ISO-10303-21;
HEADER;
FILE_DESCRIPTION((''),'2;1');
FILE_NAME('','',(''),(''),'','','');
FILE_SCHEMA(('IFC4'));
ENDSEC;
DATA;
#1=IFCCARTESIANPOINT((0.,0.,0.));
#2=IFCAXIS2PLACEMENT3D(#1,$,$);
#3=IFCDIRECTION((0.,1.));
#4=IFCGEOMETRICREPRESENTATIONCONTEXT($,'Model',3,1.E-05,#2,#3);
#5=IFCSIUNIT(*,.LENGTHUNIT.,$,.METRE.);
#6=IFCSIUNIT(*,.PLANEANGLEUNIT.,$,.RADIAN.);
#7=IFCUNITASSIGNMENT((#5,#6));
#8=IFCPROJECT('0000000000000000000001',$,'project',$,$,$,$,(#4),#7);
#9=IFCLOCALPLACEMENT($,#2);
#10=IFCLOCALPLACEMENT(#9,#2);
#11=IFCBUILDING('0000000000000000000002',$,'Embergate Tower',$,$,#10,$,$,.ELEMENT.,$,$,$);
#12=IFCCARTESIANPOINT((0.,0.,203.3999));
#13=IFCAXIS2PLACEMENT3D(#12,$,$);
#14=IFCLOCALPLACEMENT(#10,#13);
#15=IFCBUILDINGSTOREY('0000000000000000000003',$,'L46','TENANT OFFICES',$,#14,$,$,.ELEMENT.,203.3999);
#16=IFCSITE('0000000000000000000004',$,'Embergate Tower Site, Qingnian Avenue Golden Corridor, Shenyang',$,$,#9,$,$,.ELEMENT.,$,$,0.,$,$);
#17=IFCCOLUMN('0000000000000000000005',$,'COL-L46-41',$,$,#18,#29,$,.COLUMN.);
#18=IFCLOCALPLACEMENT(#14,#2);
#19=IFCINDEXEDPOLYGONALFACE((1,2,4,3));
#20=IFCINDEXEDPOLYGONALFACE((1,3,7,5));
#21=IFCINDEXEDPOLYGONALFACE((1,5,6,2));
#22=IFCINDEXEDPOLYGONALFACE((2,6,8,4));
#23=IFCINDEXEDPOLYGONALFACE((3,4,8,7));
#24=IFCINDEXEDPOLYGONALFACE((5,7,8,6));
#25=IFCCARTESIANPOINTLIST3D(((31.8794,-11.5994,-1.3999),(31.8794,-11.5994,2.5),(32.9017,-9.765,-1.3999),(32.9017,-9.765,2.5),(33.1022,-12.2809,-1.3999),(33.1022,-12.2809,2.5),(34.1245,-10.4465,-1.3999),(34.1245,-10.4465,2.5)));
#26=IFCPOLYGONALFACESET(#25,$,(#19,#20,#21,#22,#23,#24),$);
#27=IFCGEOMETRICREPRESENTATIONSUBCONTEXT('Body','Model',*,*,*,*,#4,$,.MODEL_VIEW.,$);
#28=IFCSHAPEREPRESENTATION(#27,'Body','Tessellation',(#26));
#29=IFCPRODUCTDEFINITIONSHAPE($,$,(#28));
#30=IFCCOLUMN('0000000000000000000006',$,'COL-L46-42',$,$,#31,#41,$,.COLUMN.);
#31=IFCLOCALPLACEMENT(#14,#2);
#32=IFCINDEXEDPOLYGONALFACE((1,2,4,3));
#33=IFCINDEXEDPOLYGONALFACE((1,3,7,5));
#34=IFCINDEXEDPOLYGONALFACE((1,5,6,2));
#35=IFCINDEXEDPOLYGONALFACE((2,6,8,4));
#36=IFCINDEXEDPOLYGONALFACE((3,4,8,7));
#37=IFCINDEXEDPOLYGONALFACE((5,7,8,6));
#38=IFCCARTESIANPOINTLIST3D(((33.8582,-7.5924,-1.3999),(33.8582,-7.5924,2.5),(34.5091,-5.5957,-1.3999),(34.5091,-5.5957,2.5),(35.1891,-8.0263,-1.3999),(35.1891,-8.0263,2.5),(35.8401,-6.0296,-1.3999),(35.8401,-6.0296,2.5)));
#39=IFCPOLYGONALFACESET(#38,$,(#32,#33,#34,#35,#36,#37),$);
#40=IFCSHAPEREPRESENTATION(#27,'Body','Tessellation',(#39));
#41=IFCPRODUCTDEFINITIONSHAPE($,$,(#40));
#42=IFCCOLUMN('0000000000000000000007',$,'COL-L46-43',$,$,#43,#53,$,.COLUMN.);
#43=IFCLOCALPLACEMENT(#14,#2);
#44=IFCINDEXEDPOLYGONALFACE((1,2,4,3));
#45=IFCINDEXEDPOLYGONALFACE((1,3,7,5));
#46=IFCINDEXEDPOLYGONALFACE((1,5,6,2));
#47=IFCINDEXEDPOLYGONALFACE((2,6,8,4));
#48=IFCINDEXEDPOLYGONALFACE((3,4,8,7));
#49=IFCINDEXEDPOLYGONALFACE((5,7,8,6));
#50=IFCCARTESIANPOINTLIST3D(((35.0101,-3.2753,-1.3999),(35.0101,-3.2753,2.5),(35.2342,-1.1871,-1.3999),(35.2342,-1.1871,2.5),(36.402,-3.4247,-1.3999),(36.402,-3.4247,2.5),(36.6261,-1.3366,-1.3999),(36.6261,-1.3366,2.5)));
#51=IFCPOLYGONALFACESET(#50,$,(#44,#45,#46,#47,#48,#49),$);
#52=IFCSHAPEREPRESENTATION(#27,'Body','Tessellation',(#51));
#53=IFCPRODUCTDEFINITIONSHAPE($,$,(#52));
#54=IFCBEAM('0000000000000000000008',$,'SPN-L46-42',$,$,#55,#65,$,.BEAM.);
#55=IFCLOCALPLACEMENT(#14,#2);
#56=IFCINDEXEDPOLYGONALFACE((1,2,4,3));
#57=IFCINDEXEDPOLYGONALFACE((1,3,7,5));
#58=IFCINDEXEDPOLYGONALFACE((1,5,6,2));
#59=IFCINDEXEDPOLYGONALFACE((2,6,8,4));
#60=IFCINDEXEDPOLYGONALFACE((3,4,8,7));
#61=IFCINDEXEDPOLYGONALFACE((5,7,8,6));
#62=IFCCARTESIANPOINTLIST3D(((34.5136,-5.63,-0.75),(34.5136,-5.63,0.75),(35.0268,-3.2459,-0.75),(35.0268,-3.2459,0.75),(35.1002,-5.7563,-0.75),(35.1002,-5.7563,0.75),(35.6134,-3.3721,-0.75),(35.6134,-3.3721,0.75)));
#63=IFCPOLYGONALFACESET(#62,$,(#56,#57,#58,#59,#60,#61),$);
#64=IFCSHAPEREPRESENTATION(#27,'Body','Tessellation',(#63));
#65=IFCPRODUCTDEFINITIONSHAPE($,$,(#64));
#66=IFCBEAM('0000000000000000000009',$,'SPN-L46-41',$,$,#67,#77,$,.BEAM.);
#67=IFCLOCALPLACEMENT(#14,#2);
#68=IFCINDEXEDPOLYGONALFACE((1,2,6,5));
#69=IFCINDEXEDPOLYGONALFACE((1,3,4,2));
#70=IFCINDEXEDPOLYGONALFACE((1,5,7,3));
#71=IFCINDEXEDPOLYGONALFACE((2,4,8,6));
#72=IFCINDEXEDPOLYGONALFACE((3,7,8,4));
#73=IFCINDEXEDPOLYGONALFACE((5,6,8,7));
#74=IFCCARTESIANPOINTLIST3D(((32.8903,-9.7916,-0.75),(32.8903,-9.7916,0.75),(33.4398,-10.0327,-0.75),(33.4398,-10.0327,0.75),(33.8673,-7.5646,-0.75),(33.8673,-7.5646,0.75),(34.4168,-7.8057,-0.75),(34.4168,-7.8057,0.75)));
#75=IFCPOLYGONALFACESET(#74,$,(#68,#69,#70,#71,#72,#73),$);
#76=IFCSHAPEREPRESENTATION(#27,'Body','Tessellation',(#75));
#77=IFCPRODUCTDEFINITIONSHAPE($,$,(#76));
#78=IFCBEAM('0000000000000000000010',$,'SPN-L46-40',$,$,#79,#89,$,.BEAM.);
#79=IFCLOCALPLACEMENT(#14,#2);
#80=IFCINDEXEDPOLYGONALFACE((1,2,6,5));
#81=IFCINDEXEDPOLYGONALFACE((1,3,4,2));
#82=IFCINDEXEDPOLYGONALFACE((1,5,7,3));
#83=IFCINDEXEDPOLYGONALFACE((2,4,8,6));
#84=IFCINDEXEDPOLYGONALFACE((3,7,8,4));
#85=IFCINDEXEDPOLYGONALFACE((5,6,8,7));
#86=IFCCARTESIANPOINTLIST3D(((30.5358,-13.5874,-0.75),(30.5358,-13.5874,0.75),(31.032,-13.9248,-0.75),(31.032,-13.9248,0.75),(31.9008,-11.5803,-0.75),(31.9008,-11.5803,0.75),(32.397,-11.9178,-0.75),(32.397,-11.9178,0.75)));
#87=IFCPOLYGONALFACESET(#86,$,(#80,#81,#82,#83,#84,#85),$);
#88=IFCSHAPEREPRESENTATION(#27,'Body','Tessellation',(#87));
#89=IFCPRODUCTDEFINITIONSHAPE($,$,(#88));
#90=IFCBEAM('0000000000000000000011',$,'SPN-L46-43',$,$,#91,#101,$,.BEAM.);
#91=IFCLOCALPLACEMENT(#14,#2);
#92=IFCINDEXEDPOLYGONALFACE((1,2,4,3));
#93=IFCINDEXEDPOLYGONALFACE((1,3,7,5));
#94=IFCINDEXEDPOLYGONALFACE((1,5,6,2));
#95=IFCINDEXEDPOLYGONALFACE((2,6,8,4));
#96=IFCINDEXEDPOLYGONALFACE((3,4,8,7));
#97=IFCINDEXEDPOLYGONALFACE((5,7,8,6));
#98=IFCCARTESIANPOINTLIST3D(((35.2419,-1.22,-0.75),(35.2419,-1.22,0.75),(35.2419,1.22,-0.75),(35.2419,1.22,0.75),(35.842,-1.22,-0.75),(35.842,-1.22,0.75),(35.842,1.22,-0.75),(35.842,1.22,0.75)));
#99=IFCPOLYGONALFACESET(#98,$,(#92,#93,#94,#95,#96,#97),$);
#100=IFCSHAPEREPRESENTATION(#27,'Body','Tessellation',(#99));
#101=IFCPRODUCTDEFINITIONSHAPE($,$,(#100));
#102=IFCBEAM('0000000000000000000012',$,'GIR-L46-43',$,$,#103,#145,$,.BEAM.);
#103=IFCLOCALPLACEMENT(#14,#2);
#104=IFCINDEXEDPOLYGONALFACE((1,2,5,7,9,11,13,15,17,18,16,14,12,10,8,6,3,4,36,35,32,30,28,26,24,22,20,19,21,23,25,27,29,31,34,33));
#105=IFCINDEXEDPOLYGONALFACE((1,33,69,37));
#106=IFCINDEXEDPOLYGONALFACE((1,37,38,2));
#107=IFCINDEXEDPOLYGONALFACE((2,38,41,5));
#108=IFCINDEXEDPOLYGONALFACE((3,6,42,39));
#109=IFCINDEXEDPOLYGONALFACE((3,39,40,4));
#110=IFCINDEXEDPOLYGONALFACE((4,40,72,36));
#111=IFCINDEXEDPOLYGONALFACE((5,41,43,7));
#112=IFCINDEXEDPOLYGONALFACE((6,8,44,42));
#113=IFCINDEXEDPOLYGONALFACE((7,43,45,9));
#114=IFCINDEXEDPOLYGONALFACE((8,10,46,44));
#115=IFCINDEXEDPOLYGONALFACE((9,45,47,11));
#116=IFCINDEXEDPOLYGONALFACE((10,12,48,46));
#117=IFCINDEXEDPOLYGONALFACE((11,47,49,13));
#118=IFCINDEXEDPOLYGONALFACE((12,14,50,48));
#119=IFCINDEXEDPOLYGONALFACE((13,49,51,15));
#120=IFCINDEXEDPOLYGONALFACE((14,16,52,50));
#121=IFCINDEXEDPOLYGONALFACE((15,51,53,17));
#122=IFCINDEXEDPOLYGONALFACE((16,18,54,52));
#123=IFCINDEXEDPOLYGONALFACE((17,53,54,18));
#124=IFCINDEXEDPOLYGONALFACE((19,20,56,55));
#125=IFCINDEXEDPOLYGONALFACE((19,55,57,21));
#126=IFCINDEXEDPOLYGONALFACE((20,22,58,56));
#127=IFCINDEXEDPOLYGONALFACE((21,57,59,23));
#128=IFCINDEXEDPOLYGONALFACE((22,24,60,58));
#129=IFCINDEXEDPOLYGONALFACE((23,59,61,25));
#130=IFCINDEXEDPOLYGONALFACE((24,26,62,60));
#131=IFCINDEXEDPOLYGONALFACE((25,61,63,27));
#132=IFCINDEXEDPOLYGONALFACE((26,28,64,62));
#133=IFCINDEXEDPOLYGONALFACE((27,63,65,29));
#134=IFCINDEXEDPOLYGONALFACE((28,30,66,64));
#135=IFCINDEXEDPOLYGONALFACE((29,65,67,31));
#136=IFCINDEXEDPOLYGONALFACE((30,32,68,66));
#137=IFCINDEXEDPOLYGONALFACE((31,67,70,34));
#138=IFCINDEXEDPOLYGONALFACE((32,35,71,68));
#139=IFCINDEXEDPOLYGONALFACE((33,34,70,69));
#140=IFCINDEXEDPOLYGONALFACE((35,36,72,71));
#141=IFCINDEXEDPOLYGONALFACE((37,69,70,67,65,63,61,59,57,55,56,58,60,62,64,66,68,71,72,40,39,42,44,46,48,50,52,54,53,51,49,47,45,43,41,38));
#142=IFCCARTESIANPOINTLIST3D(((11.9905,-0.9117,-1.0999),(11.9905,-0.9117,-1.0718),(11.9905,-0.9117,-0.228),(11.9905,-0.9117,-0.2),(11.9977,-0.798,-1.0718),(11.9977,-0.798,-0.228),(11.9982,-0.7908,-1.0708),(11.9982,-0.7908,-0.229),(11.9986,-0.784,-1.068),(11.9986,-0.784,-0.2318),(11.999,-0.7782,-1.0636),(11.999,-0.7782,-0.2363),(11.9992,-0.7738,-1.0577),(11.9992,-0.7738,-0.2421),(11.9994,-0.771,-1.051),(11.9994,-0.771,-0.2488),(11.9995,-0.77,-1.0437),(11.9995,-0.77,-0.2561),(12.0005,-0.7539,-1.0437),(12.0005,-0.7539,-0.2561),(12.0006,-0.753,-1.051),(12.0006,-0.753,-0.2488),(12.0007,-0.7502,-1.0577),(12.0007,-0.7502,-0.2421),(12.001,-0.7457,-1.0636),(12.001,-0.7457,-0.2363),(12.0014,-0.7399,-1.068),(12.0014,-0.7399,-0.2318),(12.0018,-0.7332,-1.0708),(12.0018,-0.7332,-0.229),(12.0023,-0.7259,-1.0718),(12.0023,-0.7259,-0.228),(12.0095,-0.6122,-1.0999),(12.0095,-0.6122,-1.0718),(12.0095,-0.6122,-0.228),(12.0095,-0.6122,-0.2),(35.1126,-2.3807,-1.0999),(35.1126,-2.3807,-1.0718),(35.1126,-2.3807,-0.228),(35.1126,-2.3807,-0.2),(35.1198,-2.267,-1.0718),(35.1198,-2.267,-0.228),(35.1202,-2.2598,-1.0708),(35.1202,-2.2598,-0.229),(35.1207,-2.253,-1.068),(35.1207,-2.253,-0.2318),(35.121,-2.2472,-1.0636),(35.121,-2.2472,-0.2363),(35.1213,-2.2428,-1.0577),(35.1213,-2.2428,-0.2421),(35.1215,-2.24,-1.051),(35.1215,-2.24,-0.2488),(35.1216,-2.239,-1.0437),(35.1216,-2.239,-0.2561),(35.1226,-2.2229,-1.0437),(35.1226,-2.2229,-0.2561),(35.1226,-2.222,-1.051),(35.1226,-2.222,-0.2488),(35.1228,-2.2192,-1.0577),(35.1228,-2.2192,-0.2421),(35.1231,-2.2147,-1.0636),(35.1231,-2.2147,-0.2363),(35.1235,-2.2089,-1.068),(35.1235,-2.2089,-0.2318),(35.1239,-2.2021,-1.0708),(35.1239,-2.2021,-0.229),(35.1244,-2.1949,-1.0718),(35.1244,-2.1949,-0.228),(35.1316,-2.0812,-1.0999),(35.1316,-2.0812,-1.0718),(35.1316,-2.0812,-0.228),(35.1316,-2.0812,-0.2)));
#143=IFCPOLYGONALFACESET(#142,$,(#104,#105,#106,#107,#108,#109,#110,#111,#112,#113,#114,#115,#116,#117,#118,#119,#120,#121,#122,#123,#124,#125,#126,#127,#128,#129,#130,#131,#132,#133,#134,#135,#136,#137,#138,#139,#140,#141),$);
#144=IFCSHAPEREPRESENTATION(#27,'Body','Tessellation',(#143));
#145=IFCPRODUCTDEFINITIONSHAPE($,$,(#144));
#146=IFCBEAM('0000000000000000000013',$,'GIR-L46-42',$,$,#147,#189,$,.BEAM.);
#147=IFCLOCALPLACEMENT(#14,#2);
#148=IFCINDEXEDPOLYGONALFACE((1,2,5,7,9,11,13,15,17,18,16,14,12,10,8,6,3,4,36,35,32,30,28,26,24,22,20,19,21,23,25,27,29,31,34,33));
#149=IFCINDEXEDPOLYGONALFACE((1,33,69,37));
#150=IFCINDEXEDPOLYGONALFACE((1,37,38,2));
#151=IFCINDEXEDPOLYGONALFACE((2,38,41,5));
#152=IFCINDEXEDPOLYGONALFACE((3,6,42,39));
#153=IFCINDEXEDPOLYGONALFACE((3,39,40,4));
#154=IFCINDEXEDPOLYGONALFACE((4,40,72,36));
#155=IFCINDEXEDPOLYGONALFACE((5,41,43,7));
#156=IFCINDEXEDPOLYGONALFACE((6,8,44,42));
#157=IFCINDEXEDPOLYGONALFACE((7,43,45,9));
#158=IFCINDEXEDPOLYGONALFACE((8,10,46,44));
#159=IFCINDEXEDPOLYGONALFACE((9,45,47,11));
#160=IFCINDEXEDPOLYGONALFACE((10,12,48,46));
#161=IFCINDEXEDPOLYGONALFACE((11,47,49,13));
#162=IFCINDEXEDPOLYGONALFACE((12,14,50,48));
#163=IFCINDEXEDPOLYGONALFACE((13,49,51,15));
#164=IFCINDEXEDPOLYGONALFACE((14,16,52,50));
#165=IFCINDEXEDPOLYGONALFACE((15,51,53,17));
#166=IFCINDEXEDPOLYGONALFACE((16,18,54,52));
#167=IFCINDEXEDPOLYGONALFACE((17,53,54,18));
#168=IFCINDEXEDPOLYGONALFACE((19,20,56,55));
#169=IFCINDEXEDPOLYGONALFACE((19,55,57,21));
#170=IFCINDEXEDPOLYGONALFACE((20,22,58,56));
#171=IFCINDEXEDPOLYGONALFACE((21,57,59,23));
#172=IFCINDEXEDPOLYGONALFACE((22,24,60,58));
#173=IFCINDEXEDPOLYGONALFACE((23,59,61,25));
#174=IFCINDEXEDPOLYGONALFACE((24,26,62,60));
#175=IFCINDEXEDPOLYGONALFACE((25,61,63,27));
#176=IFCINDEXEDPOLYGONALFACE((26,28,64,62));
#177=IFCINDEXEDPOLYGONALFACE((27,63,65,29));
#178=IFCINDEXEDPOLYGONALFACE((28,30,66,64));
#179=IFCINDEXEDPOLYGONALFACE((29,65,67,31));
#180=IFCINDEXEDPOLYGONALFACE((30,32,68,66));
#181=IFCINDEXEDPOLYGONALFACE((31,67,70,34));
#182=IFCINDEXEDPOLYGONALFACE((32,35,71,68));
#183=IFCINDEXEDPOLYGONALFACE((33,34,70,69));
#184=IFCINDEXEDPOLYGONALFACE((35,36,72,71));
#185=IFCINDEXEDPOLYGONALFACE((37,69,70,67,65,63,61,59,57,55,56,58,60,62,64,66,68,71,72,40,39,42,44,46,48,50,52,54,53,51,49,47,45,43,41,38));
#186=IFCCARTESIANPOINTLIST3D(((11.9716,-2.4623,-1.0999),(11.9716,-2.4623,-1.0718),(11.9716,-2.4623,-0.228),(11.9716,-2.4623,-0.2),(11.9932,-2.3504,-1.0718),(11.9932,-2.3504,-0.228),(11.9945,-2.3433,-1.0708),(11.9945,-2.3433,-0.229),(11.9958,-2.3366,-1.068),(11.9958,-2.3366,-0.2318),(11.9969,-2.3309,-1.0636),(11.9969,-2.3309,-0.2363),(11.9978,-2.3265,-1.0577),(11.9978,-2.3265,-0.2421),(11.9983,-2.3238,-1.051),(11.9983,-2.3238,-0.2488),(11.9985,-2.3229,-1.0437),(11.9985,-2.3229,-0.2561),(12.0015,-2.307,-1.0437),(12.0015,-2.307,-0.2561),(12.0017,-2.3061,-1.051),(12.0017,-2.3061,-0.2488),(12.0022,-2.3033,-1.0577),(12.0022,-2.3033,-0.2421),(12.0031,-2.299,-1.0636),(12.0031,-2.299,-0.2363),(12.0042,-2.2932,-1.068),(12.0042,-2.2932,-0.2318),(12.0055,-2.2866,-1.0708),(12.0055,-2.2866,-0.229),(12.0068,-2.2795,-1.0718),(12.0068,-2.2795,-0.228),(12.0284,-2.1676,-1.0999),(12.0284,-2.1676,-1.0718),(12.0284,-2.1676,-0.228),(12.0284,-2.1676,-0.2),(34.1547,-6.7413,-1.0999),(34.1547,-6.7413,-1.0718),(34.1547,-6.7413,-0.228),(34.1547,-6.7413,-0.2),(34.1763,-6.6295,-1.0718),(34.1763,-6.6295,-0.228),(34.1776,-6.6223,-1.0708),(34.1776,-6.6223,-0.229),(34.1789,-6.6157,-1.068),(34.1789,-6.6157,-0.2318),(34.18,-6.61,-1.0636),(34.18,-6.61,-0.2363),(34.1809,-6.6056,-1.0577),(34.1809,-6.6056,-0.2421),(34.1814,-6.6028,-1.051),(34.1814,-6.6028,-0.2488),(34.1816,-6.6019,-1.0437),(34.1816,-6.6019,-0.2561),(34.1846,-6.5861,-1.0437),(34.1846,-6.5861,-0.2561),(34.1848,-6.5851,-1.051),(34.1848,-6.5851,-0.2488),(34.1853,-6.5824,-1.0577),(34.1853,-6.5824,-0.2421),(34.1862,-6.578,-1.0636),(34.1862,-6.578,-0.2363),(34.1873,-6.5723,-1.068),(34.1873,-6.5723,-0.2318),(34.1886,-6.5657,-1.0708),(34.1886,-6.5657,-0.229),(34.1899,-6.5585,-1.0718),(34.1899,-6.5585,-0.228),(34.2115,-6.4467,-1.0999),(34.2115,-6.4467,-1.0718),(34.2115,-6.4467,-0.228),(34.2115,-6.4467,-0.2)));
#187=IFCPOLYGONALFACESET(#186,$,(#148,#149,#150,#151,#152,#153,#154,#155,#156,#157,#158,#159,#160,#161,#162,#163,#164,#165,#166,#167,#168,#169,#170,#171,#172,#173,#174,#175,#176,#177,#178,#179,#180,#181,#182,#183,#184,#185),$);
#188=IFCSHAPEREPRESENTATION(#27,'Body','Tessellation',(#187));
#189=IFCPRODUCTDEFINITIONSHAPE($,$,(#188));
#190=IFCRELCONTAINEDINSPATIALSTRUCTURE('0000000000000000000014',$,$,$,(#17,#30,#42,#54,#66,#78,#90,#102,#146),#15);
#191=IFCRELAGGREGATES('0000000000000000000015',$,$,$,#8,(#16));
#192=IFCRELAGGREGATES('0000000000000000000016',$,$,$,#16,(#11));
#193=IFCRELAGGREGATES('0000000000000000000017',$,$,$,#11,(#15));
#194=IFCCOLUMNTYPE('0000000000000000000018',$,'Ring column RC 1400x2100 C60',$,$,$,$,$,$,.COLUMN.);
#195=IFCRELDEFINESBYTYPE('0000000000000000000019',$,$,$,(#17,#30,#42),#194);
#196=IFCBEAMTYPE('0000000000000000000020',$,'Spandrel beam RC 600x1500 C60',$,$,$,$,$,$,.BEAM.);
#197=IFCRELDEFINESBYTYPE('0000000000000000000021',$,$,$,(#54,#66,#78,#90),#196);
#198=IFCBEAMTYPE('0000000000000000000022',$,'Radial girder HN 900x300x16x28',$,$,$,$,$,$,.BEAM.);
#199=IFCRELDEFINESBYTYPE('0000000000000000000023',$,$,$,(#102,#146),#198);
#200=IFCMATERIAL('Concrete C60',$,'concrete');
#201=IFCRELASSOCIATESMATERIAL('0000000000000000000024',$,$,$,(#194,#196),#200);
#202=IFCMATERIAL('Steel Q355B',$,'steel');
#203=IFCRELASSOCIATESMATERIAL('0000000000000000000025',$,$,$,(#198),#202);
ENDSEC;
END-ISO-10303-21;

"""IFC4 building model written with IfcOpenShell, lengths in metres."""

from ifc_helpers import new_model, si_unit, direction, frame, origin, origin_2d, place, context, subcontext, project, spatial, rectangle, i_section, extrude, source, transform, mapped, material, material_profile, profile_set, type_object, element, save


model = new_model("IFC4")

# Units and contexts
model_context = context("Model", 3, precision=1e-05, world=origin(), true_north=direction((0.0, 1.0)))
body_context = subcontext(model_context, "Body", "Model", "MODEL_VIEW")
ifc_project = project(units=[si_unit("LENGTHUNIT", "METRE"), si_unit("PLANEANGLEUNIT", "RADIAN")], contexts=[model_context])

# Site, building, storey
site_placement = place(None, origin())
site = spatial("IfcSite", under=ifc_project, at=site_placement, Name="Embergate Tower Site, Qingnian Avenue Golden Corridor, Shenyang", CompositionType="ELEMENT", RefElevation=0.0)
building_placement = place(site_placement, origin())
building = spatial("IfcBuilding", under=site, at=building_placement, Name="Embergate Tower", CompositionType="ELEMENT")
storey_placement = place(building_placement, frame((0.0, 0.0, 203.3999)))
storey = spatial("IfcBuildingStorey", under=building, at=storey_placement, Name="L46", Description="TENANT OFFICES", CompositionType="ELEMENT", Elevation=203.3999)

# Columns
ifc_material_1 = material(Name="Concrete C60", Category="concrete")
ifc_material_profile_1 = material_profile(ifc_material_1, rectangle(XDim=1.3999, YDim=2.1001, at=origin_2d()), Name="RC 1400x2100")
ifc_profile_set_1 = profile_set([ifc_material_profile_1], Name="Concrete C60")
column_type = type_object("IfcColumnType", Name="Ring column RC 1400x2100 C60", PredefinedType="COLUMN", material=ifc_profile_set_1)
shared_shape_1 = source(origin(), body_context, "Body", "SweptSolid", [
    extrude(rectangle(XDim=1.3999, YDim=2.1001, at=origin_2d()), origin(), (0.0, 0.0, 1.0), 3.8999),
])
for number, where, z_axis, x_axis, name in (
    (1, (33.002, -11.0229, -1.3999), (0.0, 0.0, 1.0), (0.8735, -0.486823, 0.0), "COL-L46-41"),
    (2, (34.8491, -6.811, -1.3999), (0.0, 0.0, 1.0), (0.950754, -0.309946, 0.0), "COL-L46-42"),
    (3, (35.8181, -2.3059, -1.3999), (0.0, 0.0, 1.0), (0.994288, -0.106733, 0.0), "COL-L46-43"),
):
    element("IfcColumn", number, at=place(storey_placement, frame(where, z_axis=z_axis, x_axis=x_axis)), inside=storey, type_object=column_type, Name=name, PredefinedType="COLUMN", context=body_context, shape_type="MappedRepresentation", body=[
        mapped(shared_shape_1, transform((0.0, 0.0, 0.0))),
    ])

# Beams
ifc_material_profile_2 = material_profile(ifc_material_1, rectangle(XDim=0.6001, YDim=1.5, at=origin_2d()), Name="RC 600x1500")
ifc_profile_set_2 = profile_set([ifc_material_profile_2], Name="Concrete C60")
beam_type_1 = type_object("IfcBeamType", Name="Spandrel beam RC 600x1500 C60", PredefinedType="BEAM", material=ifc_profile_set_2)
shared_shape_2 = source(origin(), body_context, "Body", "SweptSolid", [
    extrude(rectangle(XDim=0.6001, YDim=1.5, at=origin_2d()), origin(), (0.0, 0.0, 1.0), 2.4387),
])
beam_1_placement = place(storey_placement, frame((34.8069, -5.6931, 0.0), z_axis=(0.210438, 0.977607, 0.0), x_axis=(-0.977607, 0.210438, 0.0)))
element("IfcBeam", 4, at=beam_1_placement, inside=storey, type_object=beam_type_1, Name="SPN-L46-42", PredefinedType="BEAM", context=body_context, shape_type="MappedRepresentation", body=[
    mapped(shared_shape_2, transform((0.0, 0.0, 0.0))),
])
shared_shape_3 = source(origin(), body_context, "Body", "SweptSolid", [
    extrude(rectangle(XDim=0.6001, YDim=1.5, at=origin_2d()), origin(), (0.0, 0.0, 1.0), 2.4319),
])
beam_2_placement = place(storey_placement, frame((33.165, -9.9121, 0.0), z_axis=(0.401756, 0.915747, 0.0), x_axis=(-0.915747, 0.401756, 0.0)))
element("IfcBeam", 5, at=beam_2_placement, inside=storey, type_object=beam_type_1, Name="SPN-L46-41", PredefinedType="BEAM", context=body_context, shape_type="MappedRepresentation", body=[
    mapped(shared_shape_3, transform((0.0, 0.0, 0.0))),
])
shared_shape_4 = source(origin(), body_context, "Body", "SweptSolid", [
    extrude(rectangle(XDim=0.6001, YDim=1.5, at=origin_2d()), origin(), (0.0, 0.0, 1.0), 2.4272),
])
beam_3_placement = place(storey_placement, frame((30.7839, -13.7561, 0.0), z_axis=(0.56236, 0.826893, 0.0), x_axis=(-0.826893, 0.56236, 0.0)))
element("IfcBeam", 6, at=beam_3_placement, inside=storey, type_object=beam_type_1, Name="SPN-L46-40", PredefinedType="BEAM", context=body_context, shape_type="MappedRepresentation", body=[
    mapped(shared_shape_4, transform((0.0, 0.0, 0.0))),
])
shared_shape_5 = source(origin(), body_context, "Body", "SweptSolid", [
    extrude(rectangle(XDim=0.6001, YDim=1.5, at=origin_2d()), origin(), (0.0, 0.0, 1.0), 2.4399),
])
beam_4_placement = place(storey_placement, frame((35.542, -1.22, 0.0), z_axis=(0.0, 1.0, 0.0), x_axis=(-1.0, 0.0, 0.0)))
element("IfcBeam", 7, at=beam_4_placement, inside=storey, type_object=beam_type_1, Name="SPN-L46-43", PredefinedType="BEAM", context=body_context, shape_type="MappedRepresentation", body=[
    mapped(shared_shape_5, transform((0.0, 0.0, 0.0))),
])
ifc_material_2 = material(Name="Steel Q355B", Category="steel")
ifc_material_profile_3 = material_profile(ifc_material_2, i_section(OverallWidth=0.3, OverallDepth=0.8999, WebThickness=0.0161, FlangeThickness=0.0281, FilletRadius=0.0281, at=origin_2d()), Name="HN 900x300x16x28")
ifc_profile_set_3 = profile_set([ifc_material_profile_3], Name="Steel Q355 grade B")
beam_type_2 = type_object("IfcBeamType", Name="Radial girder HN 900x300x16x28", PredefinedType="BEAM", material=ifc_profile_set_3)
shared_shape_6 = source(origin(), body_context, "Body", "SweptSolid", [
    extrude(i_section(OverallWidth=0.3, OverallDepth=0.8999, WebThickness=0.0161, FlangeThickness=0.0281, FilletRadius=0.0281, at=origin_2d()), origin(), (0.0, 0.0, 1.0), 23.1687),
])
beam_5_placement = place(storey_placement, frame((35.1221, -2.231, -0.6499), z_axis=(-0.997988, 0.063404, 0.0), x_axis=(-0.063404, -0.997988, 0.0)))
element("IfcBeam", 8, at=beam_5_placement, inside=storey, type_object=beam_type_2, Name="GIR-L46-43", PredefinedType="BEAM", context=body_context, shape_type="MappedRepresentation", body=[
    mapped(shared_shape_6, transform((0.0, 0.0, 0.0))),
])
shared_shape_7 = source(origin(), body_context, "Body", "SweptSolid", [
    extrude(i_section(OverallWidth=0.3, OverallDepth=0.8999, WebThickness=0.0161, FlangeThickness=0.0281, FilletRadius=0.0281, at=origin_2d()), origin(), (0.0, 0.0, 1.0), 22.592),
])
beam_6_placement = place(storey_placement, frame((34.1831, -6.594, -0.6499), z_axis=(-0.981899, 0.189405, 0.0), x_axis=(-0.189405, -0.981899, 0.0)))
element("IfcBeam", 9, at=beam_6_placement, inside=storey, type_object=beam_type_2, Name="GIR-L46-42", PredefinedType="BEAM", context=body_context, shape_type="MappedRepresentation", body=[
    mapped(shared_shape_7, transform((0.0, 0.0, 0.0))),
])

save(model, "model.ifc")
